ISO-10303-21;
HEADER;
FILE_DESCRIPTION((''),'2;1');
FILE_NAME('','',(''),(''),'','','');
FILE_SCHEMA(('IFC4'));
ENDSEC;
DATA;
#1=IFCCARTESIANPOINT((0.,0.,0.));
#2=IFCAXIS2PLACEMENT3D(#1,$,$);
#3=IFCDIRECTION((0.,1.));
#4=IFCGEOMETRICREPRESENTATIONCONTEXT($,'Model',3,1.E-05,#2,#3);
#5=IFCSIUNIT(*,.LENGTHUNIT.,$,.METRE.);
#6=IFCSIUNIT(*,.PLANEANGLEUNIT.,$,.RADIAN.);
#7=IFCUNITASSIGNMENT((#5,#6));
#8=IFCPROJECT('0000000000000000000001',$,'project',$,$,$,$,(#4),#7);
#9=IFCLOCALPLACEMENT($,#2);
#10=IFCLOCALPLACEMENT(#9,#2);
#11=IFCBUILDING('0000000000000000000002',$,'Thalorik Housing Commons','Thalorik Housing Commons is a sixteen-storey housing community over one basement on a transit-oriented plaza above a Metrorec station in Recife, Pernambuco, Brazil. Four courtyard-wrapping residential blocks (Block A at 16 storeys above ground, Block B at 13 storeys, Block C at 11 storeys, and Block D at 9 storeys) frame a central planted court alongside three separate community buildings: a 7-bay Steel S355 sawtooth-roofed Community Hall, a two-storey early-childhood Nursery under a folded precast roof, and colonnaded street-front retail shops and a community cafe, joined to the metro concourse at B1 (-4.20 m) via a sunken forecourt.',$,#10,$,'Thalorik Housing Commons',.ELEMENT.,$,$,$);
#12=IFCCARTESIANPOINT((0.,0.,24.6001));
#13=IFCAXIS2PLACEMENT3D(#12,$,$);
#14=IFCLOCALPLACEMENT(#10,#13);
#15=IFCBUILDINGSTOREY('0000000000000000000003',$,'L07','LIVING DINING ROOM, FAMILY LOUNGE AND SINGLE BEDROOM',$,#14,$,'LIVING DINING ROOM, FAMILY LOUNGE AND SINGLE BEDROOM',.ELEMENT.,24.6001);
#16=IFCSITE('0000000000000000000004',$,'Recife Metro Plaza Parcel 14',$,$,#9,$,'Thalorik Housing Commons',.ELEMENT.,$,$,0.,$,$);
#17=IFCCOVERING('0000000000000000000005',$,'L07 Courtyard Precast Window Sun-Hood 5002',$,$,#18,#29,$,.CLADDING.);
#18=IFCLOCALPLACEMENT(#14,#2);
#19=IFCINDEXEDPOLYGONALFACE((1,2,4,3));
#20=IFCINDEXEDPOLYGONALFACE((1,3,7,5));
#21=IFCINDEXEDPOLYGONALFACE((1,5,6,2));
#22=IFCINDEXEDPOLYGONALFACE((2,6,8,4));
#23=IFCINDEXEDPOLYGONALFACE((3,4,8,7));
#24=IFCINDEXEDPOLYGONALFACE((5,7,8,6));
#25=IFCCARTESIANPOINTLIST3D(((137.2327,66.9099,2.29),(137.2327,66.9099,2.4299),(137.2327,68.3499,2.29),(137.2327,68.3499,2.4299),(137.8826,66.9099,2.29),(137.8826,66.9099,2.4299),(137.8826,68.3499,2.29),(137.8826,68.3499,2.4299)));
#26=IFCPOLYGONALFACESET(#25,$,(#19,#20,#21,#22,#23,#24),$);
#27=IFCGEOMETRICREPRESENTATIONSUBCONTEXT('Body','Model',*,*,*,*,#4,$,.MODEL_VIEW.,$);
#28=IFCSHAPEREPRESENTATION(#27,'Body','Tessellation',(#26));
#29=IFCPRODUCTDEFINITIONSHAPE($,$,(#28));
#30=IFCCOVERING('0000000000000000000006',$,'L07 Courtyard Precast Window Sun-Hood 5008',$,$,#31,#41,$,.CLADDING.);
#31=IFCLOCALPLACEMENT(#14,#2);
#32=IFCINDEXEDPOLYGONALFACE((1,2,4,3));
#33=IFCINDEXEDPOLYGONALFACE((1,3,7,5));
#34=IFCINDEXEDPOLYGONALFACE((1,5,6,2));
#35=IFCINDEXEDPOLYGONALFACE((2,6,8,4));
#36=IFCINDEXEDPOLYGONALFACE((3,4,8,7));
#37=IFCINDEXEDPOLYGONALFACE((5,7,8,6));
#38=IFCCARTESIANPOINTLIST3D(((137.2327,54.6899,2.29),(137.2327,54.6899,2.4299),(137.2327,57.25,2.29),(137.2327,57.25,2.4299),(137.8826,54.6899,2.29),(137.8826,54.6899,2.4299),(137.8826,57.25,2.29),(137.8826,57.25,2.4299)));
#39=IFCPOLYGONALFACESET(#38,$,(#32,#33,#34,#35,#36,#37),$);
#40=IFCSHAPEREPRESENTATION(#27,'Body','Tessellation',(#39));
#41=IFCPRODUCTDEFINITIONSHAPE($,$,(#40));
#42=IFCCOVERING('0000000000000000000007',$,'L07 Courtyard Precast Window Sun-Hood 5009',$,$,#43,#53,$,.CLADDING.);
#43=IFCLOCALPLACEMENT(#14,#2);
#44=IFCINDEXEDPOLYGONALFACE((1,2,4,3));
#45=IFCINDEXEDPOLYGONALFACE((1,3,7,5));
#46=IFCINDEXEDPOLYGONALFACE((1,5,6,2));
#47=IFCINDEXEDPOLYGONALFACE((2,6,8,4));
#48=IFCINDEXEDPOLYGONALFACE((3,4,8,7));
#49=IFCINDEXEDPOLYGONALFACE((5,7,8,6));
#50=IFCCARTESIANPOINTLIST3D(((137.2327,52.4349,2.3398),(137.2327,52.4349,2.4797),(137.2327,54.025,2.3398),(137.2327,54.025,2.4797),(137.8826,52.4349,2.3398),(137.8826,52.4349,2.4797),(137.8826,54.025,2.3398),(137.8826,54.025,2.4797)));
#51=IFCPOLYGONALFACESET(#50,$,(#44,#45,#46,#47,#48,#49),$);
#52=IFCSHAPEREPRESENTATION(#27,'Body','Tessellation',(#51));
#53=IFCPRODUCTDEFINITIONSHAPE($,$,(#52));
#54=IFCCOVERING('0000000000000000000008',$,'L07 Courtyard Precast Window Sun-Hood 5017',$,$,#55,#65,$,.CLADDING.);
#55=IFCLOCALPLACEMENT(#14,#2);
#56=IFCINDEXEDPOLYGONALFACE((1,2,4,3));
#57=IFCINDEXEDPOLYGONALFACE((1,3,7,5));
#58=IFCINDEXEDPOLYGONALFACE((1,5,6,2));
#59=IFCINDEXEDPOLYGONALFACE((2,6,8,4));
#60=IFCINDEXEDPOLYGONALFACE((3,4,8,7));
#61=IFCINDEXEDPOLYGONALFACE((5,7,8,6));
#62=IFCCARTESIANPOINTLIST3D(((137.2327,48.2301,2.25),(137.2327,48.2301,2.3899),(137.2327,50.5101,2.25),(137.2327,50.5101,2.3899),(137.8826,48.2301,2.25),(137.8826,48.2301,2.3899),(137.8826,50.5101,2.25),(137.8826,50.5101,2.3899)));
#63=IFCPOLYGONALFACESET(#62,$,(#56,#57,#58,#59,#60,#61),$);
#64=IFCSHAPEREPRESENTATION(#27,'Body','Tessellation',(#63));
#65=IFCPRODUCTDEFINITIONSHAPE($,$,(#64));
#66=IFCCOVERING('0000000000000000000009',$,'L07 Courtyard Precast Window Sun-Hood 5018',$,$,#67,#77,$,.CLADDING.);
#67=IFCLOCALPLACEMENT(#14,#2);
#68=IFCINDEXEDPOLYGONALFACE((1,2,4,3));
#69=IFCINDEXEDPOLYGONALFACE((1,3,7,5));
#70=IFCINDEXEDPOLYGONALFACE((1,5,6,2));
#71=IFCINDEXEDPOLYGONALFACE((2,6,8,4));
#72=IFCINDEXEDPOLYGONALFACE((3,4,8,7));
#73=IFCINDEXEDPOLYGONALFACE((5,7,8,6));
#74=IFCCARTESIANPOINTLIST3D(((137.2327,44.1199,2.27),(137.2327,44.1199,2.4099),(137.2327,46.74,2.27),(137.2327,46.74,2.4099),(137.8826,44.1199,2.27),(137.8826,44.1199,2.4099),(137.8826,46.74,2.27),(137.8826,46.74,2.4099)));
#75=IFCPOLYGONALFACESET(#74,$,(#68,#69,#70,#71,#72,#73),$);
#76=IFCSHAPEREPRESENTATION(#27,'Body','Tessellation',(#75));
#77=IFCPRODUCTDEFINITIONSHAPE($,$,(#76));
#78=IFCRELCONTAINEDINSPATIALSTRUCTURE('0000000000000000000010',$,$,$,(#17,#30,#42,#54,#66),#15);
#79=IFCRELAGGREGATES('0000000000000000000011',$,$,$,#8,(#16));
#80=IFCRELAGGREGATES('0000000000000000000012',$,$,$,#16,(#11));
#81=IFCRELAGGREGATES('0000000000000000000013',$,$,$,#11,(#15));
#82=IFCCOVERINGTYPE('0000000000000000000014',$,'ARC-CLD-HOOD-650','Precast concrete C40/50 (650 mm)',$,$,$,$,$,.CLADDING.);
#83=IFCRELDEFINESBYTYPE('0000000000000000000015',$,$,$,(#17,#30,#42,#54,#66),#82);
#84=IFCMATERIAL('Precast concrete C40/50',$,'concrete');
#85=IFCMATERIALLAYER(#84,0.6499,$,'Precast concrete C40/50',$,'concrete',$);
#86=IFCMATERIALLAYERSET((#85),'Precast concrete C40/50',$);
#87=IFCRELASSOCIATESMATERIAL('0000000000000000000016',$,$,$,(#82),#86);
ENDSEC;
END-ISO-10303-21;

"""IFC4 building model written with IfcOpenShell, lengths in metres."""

from ifc_helpers import new_model, si_unit, direction, frame, origin, origin_2d, place, context, subcontext, project, spatial, rectangle, extrude, material, layer, layer_set, type_object, element, save


model = new_model("IFC4")

# Units and contexts
model_context = context("Model", 3, precision=1e-05, world=origin(), true_north=direction((0.0, 1.0)))
body_context = subcontext(model_context, "Body", "Model", "MODEL_VIEW")
ifc_project = project(units=[si_unit("LENGTHUNIT", "METRE"), si_unit("PLANEANGLEUNIT", "RADIAN")], contexts=[model_context])

# Site, building, storey
site_placement = place(None, origin())
site = spatial("IfcSite", under=ifc_project, at=site_placement, Name="Recife Metro Plaza Parcel 14", LongName="Thalorik Housing Commons", CompositionType="ELEMENT", RefElevation=0.0)
building_placement = place(site_placement, origin())
building = spatial("IfcBuilding", under=site, at=building_placement, Name="Thalorik Housing Commons", Description="Thalorik Housing Commons is a sixteen-storey housing community over one basement on a transit-oriented plaza above a Metrorec station in Recife, Pernambuco, Brazil. Four courtyard-wrapping residential blocks (Block A at 16 storeys above ground, Block B at 13 storeys, Block C at 11 storeys, and Block D at 9 storeys) frame a central planted court alongside three separate community buildings: a 7-bay Steel S355 sawtooth-roofed Community Hall, a two-storey early-childhood Nursery under a folded precast roof, and colonnaded street-front retail shops and a community cafe, joined to the metro concourse at B1 (-4.20 m) via a sunken forecourt.", LongName="Thalorik Housing Commons", CompositionType="ELEMENT")
storey_placement = place(building_placement, frame((0.0, 0.0, 24.6001)))
storey = spatial("IfcBuildingStorey", under=building, at=storey_placement, Name="L07", Description="LIVING DINING ROOM, FAMILY LOUNGE AND SINGLE BEDROOM", LongName="LIVING DINING ROOM, FAMILY LOUNGE AND SINGLE BEDROOM", CompositionType="ELEMENT", Elevation=24.6001)

# Shared definitions
ifc_material_1 = material(Name="Precast concrete C40/50", Category="concrete")

# Coverings
ifc_layer_1 = layer(ifc_material_1, 0.6499, Name="Precast concrete C40/50", Category="concrete")
ifc_layer_set_1 = layer_set([ifc_layer_1], Name="Precast concrete C40/50")
covering_type_1 = type_object("IfcCoveringType", Name="ARC-CLD-HOOD-650", Description="Precast concrete C40/50 (650 mm)", PredefinedType="CLADDING", material=ifc_layer_set_1)
covering_1_placement = place(storey_placement, frame((137.5576, 67.6299, 2.29), z_axis=(0.0, 0.0, 1.0), x_axis=(0.0, -1.0, 0.0)))
element("IfcCovering", 1, at=covering_1_placement, inside=storey, type_object=covering_type_1, Name="L07 Courtyard Precast Window Sun-Hood 5002", PredefinedType="CLADDING", context=body_context, shape_type="SweptSolid", body=[
    extrude(rectangle(XDim=1.4399, YDim=0.6499, at=origin_2d()), origin(), (0.0, 0.0, 1.0), 0.1399),
])
covering_2_placement = place(storey_placement, frame((137.5576, 55.97, 2.29), z_axis=(0.0, 0.0, 1.0), x_axis=(0.0, -1.0, 0.0)))
element("IfcCovering", 2, at=covering_2_placement, inside=storey, type_object=covering_type_1, Name="L07 Courtyard Precast Window Sun-Hood 5008", PredefinedType="CLADDING", context=body_context, shape_type="SweptSolid", body=[
    extrude(rectangle(XDim=2.5601, YDim=0.6499, at=origin_2d()), origin(), (0.0, 0.0, 1.0), 0.1399),
])
covering_3_placement = place(storey_placement, frame((137.5576, 53.23, 2.3398), z_axis=(0.0, 0.0, 1.0), x_axis=(0.0, -1.0, 0.0)))
element("IfcCovering", 3, at=covering_3_placement, inside=storey, type_object=covering_type_1, Name="L07 Courtyard Precast Window Sun-Hood 5009", PredefinedType="CLADDING", context=body_context, shape_type="SweptSolid", body=[
    extrude(rectangle(XDim=1.5901, YDim=0.6499, at=origin_2d()), origin(), (0.0, 0.0, 1.0), 0.1399),
])
covering_4_placement = place(storey_placement, frame((137.5576, 49.3701, 2.25), z_axis=(0.0, 0.0, 1.0), x_axis=(0.0, -1.0, 0.0)))
element("IfcCovering", 4, at=covering_4_placement, inside=storey, type_object=covering_type_1, Name="L07 Courtyard Precast Window Sun-Hood 5017", PredefinedType="CLADDING", context=body_context, shape_type="SweptSolid", body=[
    extrude(rectangle(XDim=2.28, YDim=0.6499, at=origin_2d()), origin(), (0.0, 0.0, 1.0), 0.1399),
])
covering_5_placement = place(storey_placement, frame((137.5576, 45.4299, 2.27), z_axis=(0.0, 0.0, 1.0), x_axis=(0.0, -1.0, 0.0)))
element("IfcCovering", 5, at=covering_5_placement, inside=storey, type_object=covering_type_1, Name="L07 Courtyard Precast Window Sun-Hood 5018", PredefinedType="CLADDING", context=body_context, shape_type="SweptSolid", body=[
    extrude(rectangle(XDim=2.6201, YDim=0.6499, at=origin_2d()), origin(), (0.0, 0.0, 1.0), 0.1399),
])

save(model, "model.ifc")
